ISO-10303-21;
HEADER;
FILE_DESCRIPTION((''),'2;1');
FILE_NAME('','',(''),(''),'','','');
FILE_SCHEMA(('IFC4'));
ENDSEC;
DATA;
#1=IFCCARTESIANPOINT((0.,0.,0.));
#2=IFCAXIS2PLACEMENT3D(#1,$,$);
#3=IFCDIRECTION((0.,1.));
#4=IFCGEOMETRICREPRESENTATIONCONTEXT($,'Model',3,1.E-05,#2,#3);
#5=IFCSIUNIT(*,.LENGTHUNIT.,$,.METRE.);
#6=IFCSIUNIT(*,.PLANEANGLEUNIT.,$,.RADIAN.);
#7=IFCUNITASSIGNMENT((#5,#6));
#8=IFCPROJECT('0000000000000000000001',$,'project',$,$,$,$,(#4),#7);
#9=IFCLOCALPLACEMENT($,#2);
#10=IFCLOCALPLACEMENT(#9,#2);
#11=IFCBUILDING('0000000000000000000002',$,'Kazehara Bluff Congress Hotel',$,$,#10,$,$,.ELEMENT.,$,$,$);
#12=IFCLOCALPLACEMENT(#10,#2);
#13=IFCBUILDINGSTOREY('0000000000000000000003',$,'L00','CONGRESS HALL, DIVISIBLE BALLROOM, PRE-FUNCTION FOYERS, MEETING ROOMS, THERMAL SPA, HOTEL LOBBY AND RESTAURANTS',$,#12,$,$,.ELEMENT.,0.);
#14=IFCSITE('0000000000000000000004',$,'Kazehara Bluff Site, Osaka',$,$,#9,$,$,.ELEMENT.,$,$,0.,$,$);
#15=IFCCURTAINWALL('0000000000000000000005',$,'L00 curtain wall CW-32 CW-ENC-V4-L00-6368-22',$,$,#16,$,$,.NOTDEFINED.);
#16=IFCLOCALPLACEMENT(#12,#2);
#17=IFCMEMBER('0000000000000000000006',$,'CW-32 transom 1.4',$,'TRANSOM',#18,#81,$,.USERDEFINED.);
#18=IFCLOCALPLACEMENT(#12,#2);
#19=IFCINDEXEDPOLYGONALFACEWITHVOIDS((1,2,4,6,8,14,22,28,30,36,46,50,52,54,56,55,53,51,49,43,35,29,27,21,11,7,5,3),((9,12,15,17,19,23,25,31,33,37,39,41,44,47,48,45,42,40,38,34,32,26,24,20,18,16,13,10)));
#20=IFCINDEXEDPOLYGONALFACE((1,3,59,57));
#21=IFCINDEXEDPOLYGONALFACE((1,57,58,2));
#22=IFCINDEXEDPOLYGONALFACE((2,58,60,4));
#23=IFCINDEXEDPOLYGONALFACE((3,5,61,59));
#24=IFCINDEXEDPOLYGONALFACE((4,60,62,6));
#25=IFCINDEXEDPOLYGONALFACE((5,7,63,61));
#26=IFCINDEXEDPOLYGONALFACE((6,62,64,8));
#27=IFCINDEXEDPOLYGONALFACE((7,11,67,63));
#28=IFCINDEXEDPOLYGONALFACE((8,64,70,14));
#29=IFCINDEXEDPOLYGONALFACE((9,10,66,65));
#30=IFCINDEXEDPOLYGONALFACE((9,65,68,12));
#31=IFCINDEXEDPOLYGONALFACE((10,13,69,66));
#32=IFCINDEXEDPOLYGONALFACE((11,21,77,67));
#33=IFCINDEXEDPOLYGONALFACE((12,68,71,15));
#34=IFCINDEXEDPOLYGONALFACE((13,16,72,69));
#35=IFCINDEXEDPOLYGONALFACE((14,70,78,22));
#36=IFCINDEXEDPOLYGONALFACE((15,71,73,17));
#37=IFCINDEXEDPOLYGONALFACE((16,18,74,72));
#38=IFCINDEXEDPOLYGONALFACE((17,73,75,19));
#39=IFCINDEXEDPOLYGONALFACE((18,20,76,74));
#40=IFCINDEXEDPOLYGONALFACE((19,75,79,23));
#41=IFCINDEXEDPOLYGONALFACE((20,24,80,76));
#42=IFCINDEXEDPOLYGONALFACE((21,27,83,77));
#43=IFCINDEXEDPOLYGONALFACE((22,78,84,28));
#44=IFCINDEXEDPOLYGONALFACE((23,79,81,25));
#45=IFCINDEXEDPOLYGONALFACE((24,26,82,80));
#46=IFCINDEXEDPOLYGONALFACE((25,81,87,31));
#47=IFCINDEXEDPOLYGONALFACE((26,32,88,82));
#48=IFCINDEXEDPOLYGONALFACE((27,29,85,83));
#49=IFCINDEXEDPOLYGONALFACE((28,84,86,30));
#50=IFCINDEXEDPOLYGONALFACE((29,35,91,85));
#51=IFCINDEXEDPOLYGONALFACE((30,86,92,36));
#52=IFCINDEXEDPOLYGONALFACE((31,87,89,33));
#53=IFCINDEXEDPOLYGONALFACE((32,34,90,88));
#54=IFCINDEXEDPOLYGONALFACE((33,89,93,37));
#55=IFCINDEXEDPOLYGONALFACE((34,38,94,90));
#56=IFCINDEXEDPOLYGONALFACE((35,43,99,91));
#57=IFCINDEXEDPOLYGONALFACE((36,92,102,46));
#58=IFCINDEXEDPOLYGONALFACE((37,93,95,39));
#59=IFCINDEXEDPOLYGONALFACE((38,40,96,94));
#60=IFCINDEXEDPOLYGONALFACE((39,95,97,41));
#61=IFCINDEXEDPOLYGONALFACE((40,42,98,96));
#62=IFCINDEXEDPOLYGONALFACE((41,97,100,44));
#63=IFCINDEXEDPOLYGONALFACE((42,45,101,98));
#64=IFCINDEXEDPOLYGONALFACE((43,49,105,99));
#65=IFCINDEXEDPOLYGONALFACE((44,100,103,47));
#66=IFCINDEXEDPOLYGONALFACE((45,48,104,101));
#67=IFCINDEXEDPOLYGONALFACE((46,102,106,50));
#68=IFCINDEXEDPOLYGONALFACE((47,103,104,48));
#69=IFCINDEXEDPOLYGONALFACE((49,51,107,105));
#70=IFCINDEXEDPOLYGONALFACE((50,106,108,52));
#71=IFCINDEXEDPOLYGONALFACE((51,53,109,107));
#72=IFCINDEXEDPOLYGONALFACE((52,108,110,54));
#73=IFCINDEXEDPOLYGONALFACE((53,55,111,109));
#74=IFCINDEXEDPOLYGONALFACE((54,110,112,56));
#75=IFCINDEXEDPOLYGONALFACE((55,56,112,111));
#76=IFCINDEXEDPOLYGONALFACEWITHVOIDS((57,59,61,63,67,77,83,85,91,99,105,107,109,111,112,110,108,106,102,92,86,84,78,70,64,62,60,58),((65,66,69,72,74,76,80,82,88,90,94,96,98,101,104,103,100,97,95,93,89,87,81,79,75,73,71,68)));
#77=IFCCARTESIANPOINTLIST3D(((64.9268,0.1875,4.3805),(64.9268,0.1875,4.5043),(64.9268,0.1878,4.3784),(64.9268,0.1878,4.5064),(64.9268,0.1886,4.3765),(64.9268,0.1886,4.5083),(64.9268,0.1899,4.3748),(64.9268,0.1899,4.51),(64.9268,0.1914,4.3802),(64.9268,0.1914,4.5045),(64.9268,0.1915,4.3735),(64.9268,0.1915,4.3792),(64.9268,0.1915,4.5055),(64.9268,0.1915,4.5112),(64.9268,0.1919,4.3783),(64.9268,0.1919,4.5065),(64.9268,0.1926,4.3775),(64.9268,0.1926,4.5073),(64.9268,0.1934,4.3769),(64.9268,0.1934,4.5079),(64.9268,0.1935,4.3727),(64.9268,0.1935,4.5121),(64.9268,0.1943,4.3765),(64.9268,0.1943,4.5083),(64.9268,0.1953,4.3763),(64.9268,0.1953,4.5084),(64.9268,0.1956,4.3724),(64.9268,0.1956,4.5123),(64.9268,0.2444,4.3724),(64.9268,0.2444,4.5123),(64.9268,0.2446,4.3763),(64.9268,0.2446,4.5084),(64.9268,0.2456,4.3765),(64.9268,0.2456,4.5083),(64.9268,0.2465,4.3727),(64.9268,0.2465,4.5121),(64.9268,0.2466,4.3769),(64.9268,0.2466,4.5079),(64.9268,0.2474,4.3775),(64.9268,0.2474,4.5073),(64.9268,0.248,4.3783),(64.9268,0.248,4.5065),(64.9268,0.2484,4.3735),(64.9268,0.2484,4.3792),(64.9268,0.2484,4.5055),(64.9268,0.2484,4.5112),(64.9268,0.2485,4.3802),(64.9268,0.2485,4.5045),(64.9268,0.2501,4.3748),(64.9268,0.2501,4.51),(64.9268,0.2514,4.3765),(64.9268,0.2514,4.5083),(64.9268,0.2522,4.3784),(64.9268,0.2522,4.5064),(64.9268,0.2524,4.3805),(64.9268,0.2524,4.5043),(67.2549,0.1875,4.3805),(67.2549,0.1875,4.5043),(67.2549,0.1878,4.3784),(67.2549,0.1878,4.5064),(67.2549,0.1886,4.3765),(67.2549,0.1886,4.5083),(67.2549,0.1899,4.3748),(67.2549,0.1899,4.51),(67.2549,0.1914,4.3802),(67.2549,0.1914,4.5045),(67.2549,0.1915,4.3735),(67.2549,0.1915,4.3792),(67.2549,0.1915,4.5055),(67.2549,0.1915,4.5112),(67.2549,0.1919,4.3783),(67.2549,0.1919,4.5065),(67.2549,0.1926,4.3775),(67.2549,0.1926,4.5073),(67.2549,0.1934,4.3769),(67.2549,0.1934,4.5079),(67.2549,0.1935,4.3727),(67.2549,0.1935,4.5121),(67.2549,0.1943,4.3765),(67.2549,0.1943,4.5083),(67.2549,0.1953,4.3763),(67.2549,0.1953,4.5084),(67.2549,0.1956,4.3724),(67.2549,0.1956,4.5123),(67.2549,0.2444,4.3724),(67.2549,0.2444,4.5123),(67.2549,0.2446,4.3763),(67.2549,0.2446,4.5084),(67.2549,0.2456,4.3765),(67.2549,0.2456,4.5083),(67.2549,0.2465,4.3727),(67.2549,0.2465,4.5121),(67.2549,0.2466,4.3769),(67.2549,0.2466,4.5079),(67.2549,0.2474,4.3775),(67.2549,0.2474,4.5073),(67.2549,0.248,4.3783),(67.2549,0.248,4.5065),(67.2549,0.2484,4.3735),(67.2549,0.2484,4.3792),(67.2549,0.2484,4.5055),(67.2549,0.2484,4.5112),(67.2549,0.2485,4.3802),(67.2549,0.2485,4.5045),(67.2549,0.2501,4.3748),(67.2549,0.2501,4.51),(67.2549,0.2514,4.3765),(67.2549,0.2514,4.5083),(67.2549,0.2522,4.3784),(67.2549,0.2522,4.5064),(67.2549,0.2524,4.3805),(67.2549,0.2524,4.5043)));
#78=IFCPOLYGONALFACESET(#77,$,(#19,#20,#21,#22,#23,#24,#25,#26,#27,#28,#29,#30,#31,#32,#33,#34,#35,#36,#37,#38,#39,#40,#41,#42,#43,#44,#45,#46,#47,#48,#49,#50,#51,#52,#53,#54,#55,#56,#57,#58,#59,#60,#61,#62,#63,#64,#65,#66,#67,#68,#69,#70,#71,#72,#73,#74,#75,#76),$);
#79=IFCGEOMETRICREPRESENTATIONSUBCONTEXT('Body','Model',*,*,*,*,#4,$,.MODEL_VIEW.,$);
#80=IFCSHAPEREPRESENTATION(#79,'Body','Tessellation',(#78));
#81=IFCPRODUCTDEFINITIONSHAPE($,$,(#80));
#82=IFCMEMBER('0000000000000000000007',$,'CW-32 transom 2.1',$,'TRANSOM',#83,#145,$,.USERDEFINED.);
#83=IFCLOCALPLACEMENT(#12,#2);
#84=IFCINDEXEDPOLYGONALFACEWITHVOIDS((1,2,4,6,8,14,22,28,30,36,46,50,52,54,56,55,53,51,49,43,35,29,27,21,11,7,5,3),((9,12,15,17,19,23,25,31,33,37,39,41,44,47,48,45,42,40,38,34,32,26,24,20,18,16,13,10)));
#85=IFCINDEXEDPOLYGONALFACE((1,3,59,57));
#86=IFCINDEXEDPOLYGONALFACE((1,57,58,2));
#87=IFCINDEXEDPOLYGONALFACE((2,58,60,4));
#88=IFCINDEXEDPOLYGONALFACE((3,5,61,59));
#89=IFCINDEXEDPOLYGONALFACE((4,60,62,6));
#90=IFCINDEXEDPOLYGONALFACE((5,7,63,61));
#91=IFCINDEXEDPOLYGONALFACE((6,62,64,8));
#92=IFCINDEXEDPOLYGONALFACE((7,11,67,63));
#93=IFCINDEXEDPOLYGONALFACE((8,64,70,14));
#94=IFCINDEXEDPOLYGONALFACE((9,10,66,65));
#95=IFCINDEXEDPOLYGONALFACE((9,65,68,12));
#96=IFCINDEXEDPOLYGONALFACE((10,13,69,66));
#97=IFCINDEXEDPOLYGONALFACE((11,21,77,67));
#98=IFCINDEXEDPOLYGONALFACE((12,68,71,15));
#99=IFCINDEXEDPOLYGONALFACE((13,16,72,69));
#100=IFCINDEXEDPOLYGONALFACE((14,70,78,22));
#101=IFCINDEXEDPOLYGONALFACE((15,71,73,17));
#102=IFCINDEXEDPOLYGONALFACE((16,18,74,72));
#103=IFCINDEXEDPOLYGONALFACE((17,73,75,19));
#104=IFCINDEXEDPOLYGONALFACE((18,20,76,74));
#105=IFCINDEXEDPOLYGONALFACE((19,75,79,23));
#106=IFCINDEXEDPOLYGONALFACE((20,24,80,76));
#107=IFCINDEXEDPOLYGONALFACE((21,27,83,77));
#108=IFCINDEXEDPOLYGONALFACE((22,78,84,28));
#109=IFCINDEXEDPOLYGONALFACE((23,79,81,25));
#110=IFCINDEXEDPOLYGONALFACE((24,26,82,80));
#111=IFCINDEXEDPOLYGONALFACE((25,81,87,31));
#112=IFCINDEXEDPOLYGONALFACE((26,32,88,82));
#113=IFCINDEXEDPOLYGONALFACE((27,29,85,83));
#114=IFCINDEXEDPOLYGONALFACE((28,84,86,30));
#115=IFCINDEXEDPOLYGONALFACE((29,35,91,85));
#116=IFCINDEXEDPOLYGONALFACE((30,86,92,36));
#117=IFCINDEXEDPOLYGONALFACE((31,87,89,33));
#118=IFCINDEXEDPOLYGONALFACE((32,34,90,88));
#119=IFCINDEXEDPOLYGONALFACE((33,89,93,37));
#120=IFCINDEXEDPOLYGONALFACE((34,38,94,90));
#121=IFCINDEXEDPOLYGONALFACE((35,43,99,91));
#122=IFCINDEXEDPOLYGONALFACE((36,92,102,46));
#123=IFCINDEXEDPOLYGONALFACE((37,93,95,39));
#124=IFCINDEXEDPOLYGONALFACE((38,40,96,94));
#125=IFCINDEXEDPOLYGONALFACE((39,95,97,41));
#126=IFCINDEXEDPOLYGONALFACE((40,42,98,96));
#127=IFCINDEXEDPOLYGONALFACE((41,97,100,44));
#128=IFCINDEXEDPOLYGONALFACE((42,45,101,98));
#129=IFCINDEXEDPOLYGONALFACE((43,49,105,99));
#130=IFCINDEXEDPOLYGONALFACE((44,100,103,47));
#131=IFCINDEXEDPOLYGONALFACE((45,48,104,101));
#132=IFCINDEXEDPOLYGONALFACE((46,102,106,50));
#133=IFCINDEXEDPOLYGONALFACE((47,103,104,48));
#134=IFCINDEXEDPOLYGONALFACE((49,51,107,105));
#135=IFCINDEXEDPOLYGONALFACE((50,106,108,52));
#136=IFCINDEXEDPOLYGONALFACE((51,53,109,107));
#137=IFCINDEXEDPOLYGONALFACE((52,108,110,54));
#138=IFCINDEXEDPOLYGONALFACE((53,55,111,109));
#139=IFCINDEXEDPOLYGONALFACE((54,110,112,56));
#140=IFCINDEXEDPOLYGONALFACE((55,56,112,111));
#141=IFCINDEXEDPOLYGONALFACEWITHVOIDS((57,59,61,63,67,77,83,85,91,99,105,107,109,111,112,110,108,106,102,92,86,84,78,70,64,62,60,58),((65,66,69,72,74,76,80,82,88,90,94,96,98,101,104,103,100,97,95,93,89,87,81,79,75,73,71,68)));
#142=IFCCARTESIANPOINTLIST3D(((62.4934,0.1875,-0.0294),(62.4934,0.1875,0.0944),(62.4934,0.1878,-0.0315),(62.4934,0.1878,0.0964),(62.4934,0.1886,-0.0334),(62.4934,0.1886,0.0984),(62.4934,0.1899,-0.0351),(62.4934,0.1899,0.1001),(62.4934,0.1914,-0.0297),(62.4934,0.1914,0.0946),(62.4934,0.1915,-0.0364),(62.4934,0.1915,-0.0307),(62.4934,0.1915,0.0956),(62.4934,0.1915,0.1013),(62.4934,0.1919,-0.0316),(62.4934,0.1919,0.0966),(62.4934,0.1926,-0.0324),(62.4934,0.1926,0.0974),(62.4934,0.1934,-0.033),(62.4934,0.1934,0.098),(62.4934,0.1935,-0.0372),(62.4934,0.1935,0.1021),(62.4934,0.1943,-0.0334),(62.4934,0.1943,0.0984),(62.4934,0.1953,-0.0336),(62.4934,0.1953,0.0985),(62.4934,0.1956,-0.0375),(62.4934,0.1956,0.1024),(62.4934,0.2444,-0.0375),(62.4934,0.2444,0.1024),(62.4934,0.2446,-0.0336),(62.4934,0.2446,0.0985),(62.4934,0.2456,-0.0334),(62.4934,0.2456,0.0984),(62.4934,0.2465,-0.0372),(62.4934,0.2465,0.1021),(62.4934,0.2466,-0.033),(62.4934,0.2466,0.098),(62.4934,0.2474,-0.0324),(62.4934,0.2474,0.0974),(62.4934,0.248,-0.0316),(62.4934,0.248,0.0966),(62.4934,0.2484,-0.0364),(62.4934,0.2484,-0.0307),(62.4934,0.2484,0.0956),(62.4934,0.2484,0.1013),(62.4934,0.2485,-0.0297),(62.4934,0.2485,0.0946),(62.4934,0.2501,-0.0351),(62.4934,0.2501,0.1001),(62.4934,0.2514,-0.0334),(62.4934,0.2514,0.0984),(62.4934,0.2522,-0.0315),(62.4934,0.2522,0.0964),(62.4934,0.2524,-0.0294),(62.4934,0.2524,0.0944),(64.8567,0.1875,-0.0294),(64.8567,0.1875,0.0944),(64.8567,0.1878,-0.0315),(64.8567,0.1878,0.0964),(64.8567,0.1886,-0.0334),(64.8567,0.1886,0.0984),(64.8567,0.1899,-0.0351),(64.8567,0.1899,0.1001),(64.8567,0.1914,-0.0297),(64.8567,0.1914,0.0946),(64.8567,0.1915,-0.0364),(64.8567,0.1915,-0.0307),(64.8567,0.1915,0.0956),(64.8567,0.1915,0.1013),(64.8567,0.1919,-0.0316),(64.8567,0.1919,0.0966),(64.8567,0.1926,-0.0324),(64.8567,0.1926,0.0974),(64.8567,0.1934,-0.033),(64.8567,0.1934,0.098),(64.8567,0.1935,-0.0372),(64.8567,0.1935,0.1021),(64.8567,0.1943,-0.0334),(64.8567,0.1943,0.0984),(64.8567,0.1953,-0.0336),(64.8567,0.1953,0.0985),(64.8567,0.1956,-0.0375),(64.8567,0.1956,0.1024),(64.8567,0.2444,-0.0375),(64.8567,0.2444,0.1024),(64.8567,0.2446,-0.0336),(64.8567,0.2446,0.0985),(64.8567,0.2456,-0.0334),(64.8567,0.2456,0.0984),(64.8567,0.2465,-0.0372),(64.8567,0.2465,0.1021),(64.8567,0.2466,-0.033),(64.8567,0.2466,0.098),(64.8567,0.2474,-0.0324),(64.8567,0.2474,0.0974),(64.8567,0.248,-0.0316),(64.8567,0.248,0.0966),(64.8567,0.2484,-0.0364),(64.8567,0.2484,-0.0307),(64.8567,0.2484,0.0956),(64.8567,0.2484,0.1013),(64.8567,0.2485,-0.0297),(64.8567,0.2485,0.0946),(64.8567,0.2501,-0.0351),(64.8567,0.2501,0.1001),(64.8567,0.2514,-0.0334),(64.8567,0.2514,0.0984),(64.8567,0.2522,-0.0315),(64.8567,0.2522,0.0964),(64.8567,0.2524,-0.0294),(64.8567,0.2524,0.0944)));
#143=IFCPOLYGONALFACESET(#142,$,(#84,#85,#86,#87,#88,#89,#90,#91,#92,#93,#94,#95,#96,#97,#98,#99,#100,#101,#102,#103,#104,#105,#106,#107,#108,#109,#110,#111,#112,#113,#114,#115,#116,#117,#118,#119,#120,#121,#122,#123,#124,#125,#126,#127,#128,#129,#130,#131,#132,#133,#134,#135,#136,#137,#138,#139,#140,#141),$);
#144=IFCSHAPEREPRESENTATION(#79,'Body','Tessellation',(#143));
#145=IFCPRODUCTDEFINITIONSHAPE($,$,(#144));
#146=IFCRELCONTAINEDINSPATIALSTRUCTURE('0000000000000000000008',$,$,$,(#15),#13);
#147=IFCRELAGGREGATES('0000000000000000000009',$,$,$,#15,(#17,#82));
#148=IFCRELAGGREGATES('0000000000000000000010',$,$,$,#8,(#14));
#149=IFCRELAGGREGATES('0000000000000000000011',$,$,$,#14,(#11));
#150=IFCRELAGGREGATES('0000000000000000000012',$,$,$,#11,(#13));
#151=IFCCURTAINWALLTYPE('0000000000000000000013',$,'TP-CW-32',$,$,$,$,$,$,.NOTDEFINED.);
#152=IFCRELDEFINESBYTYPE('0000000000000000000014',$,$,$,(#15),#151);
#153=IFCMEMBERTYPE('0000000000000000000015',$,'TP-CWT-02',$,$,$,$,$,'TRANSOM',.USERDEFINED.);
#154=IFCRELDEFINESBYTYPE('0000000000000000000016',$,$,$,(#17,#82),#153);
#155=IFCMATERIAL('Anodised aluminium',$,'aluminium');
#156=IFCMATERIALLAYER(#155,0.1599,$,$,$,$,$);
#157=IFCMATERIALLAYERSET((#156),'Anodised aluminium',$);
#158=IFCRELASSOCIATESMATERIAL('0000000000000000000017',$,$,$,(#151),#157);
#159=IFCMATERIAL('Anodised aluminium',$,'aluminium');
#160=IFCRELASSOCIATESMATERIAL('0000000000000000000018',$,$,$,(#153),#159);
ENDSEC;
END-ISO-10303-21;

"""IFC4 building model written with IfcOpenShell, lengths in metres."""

from ifc_helpers import new_model, si_unit, direction, frame, origin, origin_2d, place, context, subcontext, project, spatial, hollow_rectangle, extrude, material, layer, layer_set, material_profile, profile_set, type_object, element, aggregate, save


model = new_model("IFC4")

# Units and contexts
model_context = context("Model", 3, precision=1e-05, world=origin(), true_north=direction((0.0, 1.0)))
body_context = subcontext(model_context, "Body", "Model", "MODEL_VIEW")
ifc_project = project(units=[si_unit("LENGTHUNIT", "METRE"), si_unit("PLANEANGLEUNIT", "RADIAN")], contexts=[model_context])

# Site, building, storey
site_placement = place(None, origin())
site = spatial("IfcSite", under=ifc_project, at=site_placement, Name="Kazehara Bluff Site, Osaka", CompositionType="ELEMENT", RefElevation=0.0)
building_placement = place(site_placement, origin())
building = spatial("IfcBuilding", under=site, at=building_placement, Name="Kazehara Bluff Congress Hotel", CompositionType="ELEMENT")
storey_placement = place(building_placement, origin())
storey = spatial("IfcBuildingStorey", under=building, at=storey_placement, Name="L00", Description="CONGRESS HALL, DIVISIBLE BALLROOM, PRE-FUNCTION FOYERS, MEETING ROOMS, THERMAL SPA, HOTEL LOBBY AND RESTAURANTS", CompositionType="ELEMENT", Elevation=0.0)

# Curtain wall, members
ifc_material_1 = material(Name="Anodised aluminium", Category="aluminium")
ifc_layer_1 = layer(ifc_material_1, 0.1599)
ifc_layer_set_1 = layer_set([ifc_layer_1], Name="Anodised aluminium")
curtain_wall_type = type_object("IfcCurtainWallType", Name="TP-CW-32", PredefinedType="NOTDEFINED", material=ifc_layer_set_1)
curtain_wall_placement = place(storey_placement, origin())
curtain_wall = element("IfcCurtainWall", 1, at=curtain_wall_placement, inside=storey, type_object=curtain_wall_type, Name="L00 curtain wall CW-32 CW-ENC-V4-L00-6368-22", PredefinedType="NOTDEFINED")
ifc_material_2 = material(Name="Anodised aluminium", Category="aluminium")
ifc_material_profile_1 = material_profile(ifc_material_2, hollow_rectangle(XDim=0.0649, YDim=0.1399, WallThickness=0.0039, InnerFilletRadius=0.0039, OuterFilletRadius=0.0081, at=origin_2d()))
ifc_profile_set_1 = profile_set([ifc_material_profile_1], Name="Anodised aluminium")
member_type_1 = type_object("IfcMemberType", Name="TP-CWT-02", ElementType="TRANSOM", PredefinedType="USERDEFINED", material=ifc_profile_set_1)
member_1_placement = place(storey_placement, frame((67.2549, 0.22, 4.4424), z_axis=(-1.0, 0.0, 0.0), x_axis=(0.0, -1.0, 0.0)))
member_1 = element("IfcMember", 2, at=member_1_placement, type_object=member_type_1, Name="CW-32 transom 1.4", ObjectType="TRANSOM", PredefinedType="USERDEFINED", context=body_context, shape_type="SweptSolid", body=[
    extrude(hollow_rectangle(XDim=0.0649, YDim=0.1399, WallThickness=0.0039, InnerFilletRadius=0.0039, OuterFilletRadius=0.0081, at=origin_2d()), origin(), (0.0, 0.0, 1.0), 2.3281),
])
member_2_placement = place(storey_placement, frame((64.8567, 0.22, 0.0325), z_axis=(-1.0, 0.0, 0.0), x_axis=(0.0, -1.0, 0.0)))
member_2 = element("IfcMember", 3, at=member_2_placement, type_object=member_type_1, Name="CW-32 transom 2.1", ObjectType="TRANSOM", PredefinedType="USERDEFINED", context=body_context, shape_type="SweptSolid", body=[
    extrude(hollow_rectangle(XDim=0.0649, YDim=0.1399, WallThickness=0.0039, InnerFilletRadius=0.0039, OuterFilletRadius=0.0081, at=origin_2d()), origin(), (0.0, 0.0, 1.0), 2.3633),
])
aggregate(curtain_wall, [member_1, member_2])

save(model, "model.ifc")
